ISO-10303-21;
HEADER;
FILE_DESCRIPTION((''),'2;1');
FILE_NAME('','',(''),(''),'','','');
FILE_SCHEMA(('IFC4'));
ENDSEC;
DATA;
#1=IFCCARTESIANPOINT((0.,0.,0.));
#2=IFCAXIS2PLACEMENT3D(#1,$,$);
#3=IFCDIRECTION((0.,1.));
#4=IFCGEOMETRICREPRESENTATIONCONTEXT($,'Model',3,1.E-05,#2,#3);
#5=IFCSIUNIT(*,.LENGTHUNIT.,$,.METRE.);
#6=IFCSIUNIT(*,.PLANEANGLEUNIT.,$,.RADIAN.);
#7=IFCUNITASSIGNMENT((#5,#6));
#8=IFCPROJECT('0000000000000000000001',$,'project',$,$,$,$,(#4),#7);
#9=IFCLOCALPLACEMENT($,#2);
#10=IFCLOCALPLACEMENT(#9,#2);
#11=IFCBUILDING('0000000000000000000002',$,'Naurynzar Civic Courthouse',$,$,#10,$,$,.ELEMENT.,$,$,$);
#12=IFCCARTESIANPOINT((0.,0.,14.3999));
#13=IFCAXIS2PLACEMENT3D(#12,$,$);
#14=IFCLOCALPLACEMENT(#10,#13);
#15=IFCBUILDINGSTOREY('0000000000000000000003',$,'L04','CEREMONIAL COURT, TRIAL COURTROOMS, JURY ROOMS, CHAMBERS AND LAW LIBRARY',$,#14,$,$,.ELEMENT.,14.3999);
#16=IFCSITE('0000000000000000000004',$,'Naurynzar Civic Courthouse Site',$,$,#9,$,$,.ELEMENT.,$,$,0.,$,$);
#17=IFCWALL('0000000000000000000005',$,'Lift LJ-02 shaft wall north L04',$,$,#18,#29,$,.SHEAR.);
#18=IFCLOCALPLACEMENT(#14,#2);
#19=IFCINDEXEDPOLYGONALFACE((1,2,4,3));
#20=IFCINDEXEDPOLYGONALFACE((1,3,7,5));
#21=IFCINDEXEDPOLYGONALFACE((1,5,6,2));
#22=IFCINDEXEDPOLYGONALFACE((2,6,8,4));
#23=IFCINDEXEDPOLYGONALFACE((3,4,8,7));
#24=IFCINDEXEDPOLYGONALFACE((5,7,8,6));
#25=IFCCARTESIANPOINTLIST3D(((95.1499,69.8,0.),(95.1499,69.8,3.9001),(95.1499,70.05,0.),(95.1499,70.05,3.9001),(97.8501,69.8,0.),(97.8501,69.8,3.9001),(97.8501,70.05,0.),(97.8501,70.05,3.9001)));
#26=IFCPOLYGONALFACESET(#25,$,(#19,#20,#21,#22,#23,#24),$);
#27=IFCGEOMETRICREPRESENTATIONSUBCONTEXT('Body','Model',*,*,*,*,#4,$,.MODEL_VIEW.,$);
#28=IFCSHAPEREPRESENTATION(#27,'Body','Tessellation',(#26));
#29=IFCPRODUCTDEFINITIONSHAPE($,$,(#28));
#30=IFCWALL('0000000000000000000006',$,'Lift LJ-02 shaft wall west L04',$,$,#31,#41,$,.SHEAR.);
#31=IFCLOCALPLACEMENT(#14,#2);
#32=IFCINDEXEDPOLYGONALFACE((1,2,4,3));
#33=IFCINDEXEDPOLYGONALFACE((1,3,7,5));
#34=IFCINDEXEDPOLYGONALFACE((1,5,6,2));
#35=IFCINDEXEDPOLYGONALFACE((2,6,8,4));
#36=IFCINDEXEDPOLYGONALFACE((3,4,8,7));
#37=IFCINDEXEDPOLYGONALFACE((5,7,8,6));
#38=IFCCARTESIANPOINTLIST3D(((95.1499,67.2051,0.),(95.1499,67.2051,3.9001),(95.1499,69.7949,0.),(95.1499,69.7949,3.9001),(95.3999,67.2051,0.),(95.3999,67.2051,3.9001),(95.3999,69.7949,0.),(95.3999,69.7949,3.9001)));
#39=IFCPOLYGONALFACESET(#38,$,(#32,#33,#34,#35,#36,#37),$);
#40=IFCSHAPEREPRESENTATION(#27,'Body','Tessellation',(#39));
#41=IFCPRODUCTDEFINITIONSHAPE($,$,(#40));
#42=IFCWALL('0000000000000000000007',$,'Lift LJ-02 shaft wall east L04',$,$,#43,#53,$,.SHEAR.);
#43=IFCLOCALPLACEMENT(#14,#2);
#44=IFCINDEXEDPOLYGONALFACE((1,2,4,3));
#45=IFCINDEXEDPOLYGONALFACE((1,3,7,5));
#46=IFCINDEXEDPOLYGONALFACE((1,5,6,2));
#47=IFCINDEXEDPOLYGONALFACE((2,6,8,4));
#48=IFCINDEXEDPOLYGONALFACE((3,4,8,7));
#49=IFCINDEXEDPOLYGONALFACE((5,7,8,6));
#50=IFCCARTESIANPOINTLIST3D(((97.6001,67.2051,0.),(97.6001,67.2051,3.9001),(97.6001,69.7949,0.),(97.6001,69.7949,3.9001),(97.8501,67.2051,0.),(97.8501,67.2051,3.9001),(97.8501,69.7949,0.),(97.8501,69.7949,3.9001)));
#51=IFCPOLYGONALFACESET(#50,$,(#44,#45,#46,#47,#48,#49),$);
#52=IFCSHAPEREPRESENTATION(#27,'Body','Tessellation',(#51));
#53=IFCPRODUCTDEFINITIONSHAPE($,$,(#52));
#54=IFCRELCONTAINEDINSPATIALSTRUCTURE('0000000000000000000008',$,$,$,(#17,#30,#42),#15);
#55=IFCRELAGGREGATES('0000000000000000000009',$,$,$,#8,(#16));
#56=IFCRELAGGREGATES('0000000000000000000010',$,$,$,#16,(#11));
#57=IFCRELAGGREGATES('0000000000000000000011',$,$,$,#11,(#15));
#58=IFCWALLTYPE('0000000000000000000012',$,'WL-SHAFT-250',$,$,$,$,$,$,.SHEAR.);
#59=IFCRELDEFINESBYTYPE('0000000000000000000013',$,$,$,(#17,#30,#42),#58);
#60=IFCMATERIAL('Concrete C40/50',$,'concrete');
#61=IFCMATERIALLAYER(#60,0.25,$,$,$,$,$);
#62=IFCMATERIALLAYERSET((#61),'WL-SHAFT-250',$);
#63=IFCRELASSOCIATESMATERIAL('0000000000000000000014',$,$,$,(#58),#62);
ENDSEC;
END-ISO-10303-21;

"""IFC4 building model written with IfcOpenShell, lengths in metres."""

from ifc_helpers import new_model, si_unit, direction, frame, frame_2d, origin, place, context, subcontext, project, spatial, rectangle, extrude, material, layer, layer_set, type_object, element, save


model = new_model("IFC4")

# Units and contexts
model_context = context("Model", 3, precision=1e-05, world=origin(), true_north=direction((0.0, 1.0)))
body_context = subcontext(model_context, "Body", "Model", "MODEL_VIEW")
ifc_project = project(units=[si_unit("LENGTHUNIT", "METRE"), si_unit("PLANEANGLEUNIT", "RADIAN")], contexts=[model_context])

# Site, building, storey
site_placement = place(None, origin())
site = spatial("IfcSite", under=ifc_project, at=site_placement, Name="Naurynzar Civic Courthouse Site", CompositionType="ELEMENT", RefElevation=0.0)
building_placement = place(site_placement, origin())
building = spatial("IfcBuilding", under=site, at=building_placement, Name="Naurynzar Civic Courthouse", CompositionType="ELEMENT")
storey_placement = place(building_placement, frame((0.0, 0.0, 14.3999)))
storey = spatial("IfcBuildingStorey", under=building, at=storey_placement, Name="L04", Description="CEREMONIAL COURT, TRIAL COURTROOMS, JURY ROOMS, CHAMBERS AND LAW LIBRARY", CompositionType="ELEMENT", Elevation=14.3999)

# Shared definitions
ifc_material_1 = material(Name="Concrete C40/50", Category="concrete")
ifc_layer_1 = layer(ifc_material_1, 0.25)
ifc_layer_set_1 = layer_set([ifc_layer_1], Name="WL-SHAFT-250")
wall_type_1 = type_object("IfcWallType", Name="WL-SHAFT-250", PredefinedType="SHEAR", material=ifc_layer_set_1)

# Walls
wall_1_placement = place(storey_placement, frame((97.8501, 69.925, 0.0), z_axis=(0.0, 0.0, 1.0), x_axis=(-1.0, 0.0, 0.0)))
element("IfcWall", 1, at=wall_1_placement, inside=storey, type_object=wall_type_1, Name="Lift LJ-02 shaft wall north L04", PredefinedType="SHEAR", context=body_context, shape_type="SweptSolid", body=[
    extrude(rectangle(XDim=2.7002, YDim=0.25, at=frame_2d((1.3501, 0.0))), origin(), (0.0, 0.0, 1.0), 3.9001),
])
for number, where, z_axis, x_axis, name in (
    (2, (95.2749, 69.7949, 0.0), (0.0, 0.0, 1.0), (0.0, -1.0, 0.0), "Lift LJ-02 shaft wall west L04"),
    (3, (97.7251, 67.2051, 0.0), (0.0, 0.0, 1.0), (0.0, 1.0, 0.0), "Lift LJ-02 shaft wall east L04"),
):
    element("IfcWall", number, at=place(storey_placement, frame(where, z_axis=z_axis, x_axis=x_axis)), inside=storey, type_object=wall_type_1, Name=name, PredefinedType="SHEAR", context=body_context, shape_type="SweptSolid", body=[
        extrude(rectangle(XDim=2.5898, YDim=0.25, at=frame_2d((1.2949, 0.0))), origin(), (0.0, 0.0, 1.0), 3.9001),
    ])

save(model, "model.ifc")
